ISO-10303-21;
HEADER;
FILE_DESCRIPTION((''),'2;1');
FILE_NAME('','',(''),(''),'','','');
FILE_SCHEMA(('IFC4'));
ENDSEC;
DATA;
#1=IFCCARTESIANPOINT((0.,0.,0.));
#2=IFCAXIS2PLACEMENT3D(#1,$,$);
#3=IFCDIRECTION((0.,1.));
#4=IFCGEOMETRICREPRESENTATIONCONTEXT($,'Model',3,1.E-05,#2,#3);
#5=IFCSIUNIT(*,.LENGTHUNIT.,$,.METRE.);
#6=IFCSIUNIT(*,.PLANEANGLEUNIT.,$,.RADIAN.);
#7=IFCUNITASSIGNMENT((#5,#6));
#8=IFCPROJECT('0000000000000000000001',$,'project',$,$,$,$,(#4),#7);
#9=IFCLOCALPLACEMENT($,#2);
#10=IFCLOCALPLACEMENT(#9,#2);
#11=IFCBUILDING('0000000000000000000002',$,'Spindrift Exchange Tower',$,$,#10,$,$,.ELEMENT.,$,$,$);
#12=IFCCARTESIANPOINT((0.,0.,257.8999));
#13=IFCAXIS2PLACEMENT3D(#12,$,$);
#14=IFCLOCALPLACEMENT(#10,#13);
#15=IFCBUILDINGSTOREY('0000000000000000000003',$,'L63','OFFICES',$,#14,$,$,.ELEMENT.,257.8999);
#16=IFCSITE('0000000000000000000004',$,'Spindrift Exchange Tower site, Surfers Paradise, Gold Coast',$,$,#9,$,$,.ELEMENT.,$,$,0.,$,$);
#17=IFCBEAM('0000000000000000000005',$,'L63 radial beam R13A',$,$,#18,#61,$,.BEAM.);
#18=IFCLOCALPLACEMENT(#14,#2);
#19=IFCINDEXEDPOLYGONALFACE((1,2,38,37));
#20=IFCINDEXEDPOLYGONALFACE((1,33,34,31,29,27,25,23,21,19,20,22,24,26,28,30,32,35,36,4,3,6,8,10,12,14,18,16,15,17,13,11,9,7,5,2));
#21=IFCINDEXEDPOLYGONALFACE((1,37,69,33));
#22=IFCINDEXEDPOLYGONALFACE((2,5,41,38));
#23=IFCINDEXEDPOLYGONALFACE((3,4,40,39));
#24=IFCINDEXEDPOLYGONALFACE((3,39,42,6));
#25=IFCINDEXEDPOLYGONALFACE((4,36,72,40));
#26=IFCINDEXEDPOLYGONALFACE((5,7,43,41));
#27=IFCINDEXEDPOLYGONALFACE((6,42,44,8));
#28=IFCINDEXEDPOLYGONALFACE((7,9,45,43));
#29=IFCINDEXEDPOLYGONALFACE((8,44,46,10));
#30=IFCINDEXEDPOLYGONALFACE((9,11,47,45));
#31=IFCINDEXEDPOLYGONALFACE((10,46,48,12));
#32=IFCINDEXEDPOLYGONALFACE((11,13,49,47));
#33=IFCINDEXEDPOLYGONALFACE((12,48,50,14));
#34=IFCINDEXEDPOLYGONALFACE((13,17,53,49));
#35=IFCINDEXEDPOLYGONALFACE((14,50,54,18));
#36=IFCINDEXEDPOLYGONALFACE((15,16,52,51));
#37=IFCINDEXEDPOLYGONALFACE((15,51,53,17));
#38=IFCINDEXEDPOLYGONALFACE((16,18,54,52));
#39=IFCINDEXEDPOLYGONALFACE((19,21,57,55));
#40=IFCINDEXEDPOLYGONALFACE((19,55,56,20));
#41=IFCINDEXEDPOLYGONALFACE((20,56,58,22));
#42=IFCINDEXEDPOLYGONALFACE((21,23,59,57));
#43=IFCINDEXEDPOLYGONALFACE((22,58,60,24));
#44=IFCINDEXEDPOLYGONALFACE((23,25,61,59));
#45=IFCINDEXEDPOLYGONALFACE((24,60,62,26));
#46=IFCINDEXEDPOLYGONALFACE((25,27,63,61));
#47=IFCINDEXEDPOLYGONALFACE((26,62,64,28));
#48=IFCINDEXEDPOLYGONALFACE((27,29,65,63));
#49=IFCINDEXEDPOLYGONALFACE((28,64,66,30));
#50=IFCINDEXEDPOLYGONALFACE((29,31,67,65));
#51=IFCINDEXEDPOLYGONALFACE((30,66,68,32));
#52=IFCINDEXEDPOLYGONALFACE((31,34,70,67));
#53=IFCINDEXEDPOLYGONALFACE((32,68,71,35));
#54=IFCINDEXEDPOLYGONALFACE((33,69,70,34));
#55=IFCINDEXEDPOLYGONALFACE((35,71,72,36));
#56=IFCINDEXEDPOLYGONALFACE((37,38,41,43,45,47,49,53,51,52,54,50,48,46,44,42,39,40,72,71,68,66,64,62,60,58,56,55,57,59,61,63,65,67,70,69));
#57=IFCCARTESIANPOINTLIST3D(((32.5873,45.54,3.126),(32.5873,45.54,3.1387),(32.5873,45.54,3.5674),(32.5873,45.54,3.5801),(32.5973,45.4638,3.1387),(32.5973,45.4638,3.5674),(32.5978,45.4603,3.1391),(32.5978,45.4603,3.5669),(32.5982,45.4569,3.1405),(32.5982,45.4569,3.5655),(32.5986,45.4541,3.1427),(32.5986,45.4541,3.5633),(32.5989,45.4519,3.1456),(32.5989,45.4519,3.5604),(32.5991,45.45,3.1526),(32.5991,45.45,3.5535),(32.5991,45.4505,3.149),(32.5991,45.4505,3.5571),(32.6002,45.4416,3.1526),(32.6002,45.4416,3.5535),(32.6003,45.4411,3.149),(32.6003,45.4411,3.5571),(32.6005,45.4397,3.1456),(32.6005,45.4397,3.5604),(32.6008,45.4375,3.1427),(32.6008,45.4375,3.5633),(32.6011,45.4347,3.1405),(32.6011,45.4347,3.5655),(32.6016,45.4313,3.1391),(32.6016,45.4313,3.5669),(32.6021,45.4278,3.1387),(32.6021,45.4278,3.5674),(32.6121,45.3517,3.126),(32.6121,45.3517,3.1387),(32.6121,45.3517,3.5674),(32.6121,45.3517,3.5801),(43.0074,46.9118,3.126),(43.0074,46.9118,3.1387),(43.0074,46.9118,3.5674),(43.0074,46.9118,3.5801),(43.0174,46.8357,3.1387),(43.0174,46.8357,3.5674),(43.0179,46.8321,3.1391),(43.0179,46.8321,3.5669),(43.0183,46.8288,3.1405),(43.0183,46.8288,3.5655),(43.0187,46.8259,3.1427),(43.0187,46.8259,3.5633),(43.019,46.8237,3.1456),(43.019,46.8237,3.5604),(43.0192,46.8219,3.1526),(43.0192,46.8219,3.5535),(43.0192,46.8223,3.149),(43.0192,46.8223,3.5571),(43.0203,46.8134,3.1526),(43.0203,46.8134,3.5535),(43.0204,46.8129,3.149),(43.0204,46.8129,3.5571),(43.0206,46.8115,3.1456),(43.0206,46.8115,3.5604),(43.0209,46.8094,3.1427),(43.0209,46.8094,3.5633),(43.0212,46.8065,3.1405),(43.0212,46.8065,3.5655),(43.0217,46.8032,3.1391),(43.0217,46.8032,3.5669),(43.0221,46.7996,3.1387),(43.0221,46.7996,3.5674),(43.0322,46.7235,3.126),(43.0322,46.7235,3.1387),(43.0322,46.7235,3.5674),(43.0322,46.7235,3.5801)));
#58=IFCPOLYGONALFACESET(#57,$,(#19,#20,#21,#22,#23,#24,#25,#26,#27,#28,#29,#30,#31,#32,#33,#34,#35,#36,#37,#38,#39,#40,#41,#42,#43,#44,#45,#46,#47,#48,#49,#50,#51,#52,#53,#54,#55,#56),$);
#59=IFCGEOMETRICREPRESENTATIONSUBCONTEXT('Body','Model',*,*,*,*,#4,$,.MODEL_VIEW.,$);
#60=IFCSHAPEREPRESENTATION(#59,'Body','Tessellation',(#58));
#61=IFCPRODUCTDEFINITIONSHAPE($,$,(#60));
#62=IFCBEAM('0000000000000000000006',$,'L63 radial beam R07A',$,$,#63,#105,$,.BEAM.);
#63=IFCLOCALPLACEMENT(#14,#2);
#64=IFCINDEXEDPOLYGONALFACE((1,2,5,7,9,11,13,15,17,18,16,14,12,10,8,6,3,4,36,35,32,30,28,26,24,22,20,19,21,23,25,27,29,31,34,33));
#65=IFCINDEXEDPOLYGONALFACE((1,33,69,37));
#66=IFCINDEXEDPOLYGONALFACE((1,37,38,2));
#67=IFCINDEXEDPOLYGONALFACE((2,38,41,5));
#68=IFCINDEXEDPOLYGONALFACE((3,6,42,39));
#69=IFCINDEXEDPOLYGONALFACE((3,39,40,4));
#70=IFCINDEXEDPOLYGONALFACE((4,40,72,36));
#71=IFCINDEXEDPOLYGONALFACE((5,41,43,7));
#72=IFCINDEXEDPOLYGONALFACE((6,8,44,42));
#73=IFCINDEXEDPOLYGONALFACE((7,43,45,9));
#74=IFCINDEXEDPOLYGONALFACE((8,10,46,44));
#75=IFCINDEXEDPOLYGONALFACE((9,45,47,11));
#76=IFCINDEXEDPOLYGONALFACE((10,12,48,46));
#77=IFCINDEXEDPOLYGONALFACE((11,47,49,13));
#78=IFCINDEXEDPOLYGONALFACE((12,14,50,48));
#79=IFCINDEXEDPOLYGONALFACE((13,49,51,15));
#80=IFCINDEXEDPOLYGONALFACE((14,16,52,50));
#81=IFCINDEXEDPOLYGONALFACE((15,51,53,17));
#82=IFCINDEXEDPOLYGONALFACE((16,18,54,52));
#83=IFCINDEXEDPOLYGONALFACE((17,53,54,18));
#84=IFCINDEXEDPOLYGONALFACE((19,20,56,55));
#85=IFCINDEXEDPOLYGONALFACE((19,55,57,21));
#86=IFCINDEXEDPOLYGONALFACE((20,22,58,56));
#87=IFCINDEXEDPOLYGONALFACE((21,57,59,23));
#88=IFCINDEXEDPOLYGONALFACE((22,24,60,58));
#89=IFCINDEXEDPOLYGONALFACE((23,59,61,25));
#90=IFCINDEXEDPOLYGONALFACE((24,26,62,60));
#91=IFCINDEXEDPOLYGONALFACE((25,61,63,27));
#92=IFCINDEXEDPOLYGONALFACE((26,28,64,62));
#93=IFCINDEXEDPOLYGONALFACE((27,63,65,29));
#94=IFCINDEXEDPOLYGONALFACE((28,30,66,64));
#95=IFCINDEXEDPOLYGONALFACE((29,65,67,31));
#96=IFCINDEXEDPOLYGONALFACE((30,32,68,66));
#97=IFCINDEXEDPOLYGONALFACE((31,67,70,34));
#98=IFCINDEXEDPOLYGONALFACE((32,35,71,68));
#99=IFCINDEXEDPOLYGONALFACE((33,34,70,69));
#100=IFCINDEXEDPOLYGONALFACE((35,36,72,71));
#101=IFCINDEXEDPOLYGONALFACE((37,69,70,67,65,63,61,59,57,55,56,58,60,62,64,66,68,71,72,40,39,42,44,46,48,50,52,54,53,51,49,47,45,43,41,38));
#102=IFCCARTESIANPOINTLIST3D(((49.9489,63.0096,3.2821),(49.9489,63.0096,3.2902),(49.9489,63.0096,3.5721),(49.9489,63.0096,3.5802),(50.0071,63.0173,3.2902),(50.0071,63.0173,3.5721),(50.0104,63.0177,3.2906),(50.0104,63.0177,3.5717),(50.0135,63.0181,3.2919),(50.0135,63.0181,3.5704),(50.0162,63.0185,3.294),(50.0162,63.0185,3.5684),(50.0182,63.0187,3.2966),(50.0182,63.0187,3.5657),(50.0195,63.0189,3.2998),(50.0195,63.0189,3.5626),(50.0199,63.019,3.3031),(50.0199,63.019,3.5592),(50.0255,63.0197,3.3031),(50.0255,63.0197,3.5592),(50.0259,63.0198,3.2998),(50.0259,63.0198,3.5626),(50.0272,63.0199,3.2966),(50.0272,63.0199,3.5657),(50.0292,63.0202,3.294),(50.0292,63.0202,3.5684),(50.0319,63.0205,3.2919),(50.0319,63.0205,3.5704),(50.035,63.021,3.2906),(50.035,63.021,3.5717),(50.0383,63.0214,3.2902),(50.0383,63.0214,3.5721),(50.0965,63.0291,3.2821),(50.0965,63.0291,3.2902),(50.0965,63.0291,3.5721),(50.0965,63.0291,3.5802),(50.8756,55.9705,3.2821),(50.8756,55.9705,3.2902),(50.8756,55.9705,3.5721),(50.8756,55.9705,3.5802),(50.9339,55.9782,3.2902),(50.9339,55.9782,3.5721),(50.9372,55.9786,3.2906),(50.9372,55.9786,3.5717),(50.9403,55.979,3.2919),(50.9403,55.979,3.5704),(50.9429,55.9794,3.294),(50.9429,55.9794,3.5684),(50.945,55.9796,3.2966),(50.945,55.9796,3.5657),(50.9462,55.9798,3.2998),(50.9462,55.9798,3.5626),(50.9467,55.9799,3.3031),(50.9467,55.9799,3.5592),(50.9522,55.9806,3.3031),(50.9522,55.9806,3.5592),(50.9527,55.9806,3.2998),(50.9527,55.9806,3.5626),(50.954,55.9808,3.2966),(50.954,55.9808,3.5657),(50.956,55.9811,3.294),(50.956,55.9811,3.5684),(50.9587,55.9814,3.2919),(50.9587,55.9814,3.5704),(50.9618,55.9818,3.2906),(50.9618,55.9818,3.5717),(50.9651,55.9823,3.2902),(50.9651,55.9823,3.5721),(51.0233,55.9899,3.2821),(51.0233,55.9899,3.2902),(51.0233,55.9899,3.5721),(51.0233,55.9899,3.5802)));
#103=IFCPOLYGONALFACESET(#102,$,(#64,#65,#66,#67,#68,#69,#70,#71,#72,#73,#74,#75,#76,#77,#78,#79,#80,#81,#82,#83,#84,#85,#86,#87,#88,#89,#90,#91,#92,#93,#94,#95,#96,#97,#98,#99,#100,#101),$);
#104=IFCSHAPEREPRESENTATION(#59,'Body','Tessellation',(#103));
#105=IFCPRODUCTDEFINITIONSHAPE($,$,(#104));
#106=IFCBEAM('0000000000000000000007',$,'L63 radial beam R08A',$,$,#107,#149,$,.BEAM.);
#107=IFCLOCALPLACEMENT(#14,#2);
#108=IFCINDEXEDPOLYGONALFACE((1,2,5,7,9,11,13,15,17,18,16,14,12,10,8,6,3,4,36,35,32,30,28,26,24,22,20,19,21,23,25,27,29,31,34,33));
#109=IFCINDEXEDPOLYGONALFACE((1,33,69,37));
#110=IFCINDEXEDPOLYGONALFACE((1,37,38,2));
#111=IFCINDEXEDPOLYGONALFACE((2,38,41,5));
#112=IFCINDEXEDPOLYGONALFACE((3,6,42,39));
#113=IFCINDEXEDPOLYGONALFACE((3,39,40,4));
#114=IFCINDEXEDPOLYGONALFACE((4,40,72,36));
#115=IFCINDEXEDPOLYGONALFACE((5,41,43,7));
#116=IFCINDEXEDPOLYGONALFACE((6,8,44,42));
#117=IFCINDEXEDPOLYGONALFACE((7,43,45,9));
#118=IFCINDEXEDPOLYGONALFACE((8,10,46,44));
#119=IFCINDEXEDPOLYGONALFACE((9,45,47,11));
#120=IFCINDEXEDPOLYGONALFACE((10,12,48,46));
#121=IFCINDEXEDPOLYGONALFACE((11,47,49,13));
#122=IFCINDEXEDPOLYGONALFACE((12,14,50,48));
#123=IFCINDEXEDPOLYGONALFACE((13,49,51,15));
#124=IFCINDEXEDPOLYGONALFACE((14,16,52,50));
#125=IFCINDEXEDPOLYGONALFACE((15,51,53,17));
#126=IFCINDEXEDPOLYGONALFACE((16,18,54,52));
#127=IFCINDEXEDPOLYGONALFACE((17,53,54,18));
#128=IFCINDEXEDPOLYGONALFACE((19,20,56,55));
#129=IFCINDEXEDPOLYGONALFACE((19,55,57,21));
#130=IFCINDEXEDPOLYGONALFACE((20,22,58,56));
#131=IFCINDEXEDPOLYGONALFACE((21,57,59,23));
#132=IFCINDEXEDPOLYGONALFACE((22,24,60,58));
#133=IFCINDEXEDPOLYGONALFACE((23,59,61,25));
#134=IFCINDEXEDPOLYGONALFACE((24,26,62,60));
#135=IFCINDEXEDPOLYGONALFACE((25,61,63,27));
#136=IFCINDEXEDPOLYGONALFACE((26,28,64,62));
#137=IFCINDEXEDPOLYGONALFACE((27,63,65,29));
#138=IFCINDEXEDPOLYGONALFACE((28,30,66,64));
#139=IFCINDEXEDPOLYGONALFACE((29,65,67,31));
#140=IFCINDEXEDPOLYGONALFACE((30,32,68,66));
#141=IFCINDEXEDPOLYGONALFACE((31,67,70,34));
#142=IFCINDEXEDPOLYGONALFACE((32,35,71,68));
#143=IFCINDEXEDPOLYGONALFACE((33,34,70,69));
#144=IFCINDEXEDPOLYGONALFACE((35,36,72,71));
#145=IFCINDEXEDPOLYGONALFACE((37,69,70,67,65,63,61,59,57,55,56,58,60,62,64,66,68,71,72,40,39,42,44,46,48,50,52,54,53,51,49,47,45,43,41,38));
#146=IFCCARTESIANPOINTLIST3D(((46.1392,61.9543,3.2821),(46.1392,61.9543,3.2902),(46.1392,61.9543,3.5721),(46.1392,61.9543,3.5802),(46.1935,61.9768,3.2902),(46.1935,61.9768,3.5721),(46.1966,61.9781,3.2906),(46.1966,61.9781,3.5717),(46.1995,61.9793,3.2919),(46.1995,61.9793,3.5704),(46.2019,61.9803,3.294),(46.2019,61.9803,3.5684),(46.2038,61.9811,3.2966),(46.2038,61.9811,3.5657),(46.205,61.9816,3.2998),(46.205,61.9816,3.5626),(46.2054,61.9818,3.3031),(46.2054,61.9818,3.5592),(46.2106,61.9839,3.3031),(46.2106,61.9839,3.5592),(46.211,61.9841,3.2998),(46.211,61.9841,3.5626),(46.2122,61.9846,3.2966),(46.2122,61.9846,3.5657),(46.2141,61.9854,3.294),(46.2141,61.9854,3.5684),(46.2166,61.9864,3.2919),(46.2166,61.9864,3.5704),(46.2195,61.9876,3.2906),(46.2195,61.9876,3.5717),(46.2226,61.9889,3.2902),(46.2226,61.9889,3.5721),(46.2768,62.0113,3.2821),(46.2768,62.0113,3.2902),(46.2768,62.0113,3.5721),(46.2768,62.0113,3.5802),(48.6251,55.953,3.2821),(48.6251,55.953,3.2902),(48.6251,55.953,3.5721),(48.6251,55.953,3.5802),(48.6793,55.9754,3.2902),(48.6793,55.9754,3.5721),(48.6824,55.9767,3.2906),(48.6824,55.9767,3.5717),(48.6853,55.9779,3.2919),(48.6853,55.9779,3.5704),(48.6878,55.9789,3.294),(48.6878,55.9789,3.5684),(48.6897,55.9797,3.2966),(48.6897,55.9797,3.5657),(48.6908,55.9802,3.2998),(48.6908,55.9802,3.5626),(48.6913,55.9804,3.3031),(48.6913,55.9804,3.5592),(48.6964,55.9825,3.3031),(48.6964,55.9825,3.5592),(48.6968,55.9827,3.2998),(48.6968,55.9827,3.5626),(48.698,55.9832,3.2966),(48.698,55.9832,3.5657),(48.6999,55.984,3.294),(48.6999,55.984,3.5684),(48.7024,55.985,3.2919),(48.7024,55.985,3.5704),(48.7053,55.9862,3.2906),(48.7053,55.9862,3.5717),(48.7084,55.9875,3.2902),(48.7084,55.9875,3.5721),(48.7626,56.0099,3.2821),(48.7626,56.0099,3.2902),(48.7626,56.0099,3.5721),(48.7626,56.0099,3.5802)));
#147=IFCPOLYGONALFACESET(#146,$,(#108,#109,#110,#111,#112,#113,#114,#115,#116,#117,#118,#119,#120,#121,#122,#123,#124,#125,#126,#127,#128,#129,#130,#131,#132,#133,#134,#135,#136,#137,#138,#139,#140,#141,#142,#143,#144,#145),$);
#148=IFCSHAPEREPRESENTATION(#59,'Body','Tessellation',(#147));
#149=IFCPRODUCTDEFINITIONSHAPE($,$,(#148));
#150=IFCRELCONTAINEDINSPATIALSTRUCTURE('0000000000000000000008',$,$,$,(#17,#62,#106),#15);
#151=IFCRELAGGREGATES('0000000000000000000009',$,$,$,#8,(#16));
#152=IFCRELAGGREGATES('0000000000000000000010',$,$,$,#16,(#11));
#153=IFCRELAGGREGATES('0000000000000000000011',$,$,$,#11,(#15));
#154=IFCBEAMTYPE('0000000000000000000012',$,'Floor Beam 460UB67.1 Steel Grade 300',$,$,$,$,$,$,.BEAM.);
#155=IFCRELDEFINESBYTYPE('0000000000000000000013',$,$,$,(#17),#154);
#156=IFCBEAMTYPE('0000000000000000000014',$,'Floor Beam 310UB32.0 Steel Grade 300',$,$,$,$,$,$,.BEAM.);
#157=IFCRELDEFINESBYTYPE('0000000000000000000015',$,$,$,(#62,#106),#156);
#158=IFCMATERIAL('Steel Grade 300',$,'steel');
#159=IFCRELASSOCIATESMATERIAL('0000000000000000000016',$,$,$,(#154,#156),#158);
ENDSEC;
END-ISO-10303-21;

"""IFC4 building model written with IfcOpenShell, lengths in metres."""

from ifc_helpers import new_model, si_unit, direction, frame, origin, origin_2d, place, context, subcontext, project, spatial, i_section, extrude, source, transform, mapped, material, material_profile, profile_set, type_object, element, save


model = new_model("IFC4")

# Units and contexts
model_context = context("Model", 3, precision=1e-05, world=origin(), true_north=direction((0.0, 1.0)))
body_context = subcontext(model_context, "Body", "Model", "MODEL_VIEW")
ifc_project = project(units=[si_unit("LENGTHUNIT", "METRE"), si_unit("PLANEANGLEUNIT", "RADIAN")], contexts=[model_context])

# Site, building, storey
site_placement = place(None, origin())
site = spatial("IfcSite", under=ifc_project, at=site_placement, Name="Spindrift Exchange Tower site, Surfers Paradise, Gold Coast", CompositionType="ELEMENT", RefElevation=0.0)
building_placement = place(site_placement, origin())
building = spatial("IfcBuilding", under=site, at=building_placement, Name="Spindrift Exchange Tower", CompositionType="ELEMENT")
storey_placement = place(building_placement, frame((0.0, 0.0, 257.8999)))
storey = spatial("IfcBuildingStorey", under=building, at=storey_placement, Name="L63", Description="OFFICES", CompositionType="ELEMENT", Elevation=257.8999)

# Beams
ifc_material_1 = material(Name="Steel Grade 300", Category="steel")
ifc_material_profile_1 = material_profile(ifc_material_1, i_section(OverallWidth=0.1899, OverallDepth=0.4541, WebThickness=0.0085, FlangeThickness=0.0127, FilletRadius=0.0139, at=origin_2d()), Name="460UB67.1")
ifc_profile_set_1 = profile_set([ifc_material_profile_1], Name="Steel Grade 300")
beam_type_1 = type_object("IfcBeamType", Name="Floor Beam 460UB67.1 Steel Grade 300", PredefinedType="BEAM", material=ifc_profile_set_1)
shared_shape_1 = source(origin(), body_context, "Body", "SweptSolid", [
    extrude(i_section(OverallWidth=0.1899, OverallDepth=0.4541, WebThickness=0.0085, FlangeThickness=0.0127, FilletRadius=0.0139, at=origin_2d()), origin(), (0.0, 0.0, 1.0), 10.51),
])
beam_1_placement = place(storey_placement, frame((43.0198, 46.8176, 3.353), z_axis=(-0.991445, -0.130525, 0.0), x_axis=(0.130525, -0.991445, 0.0)))
element("IfcBeam", 1, at=beam_1_placement, inside=storey, type_object=beam_type_1, Name="L63 radial beam R13A", PredefinedType="BEAM", context=body_context, shape_type="MappedRepresentation", body=[
    mapped(shared_shape_1, transform((0.0, 0.0, 0.0), scale=1.0)),
])
ifc_material_profile_2 = material_profile(ifc_material_1, i_section(OverallWidth=0.1489, OverallDepth=0.2981, WebThickness=0.0056, FlangeThickness=0.0081, FilletRadius=0.0129, at=origin_2d()), Name="310UB32.0")
ifc_profile_set_2 = profile_set([ifc_material_profile_2], Name="Steel Grade 300")
beam_type_2 = type_object("IfcBeamType", Name="Floor Beam 310UB32.0 Steel Grade 300", PredefinedType="BEAM", material=ifc_profile_set_2)
shared_shape_2 = source(origin(), body_context, "Body", "SweptSolid", [
    extrude(i_section(OverallWidth=0.1489, OverallDepth=0.2981, WebThickness=0.0056, FlangeThickness=0.0081, FilletRadius=0.0129, at=origin_2d()), origin(), (0.0, 0.0, 1.0), 7.0999),
])
beam_2_placement = place(storey_placement, frame((50.9495, 55.9802, 3.4312), z_axis=(-0.130533, 0.991444, 0.0), x_axis=(-0.991444, -0.130533, 0.0)))
element("IfcBeam", 2, at=beam_2_placement, inside=storey, type_object=beam_type_2, Name="L63 radial beam R07A", PredefinedType="BEAM", context=body_context, shape_type="MappedRepresentation", body=[
    mapped(shared_shape_2, transform((0.0, 0.0, 0.0), scale=1.0)),
])
shared_shape_3 = source(origin(), body_context, "Body", "SweptSolid", [
    extrude(i_section(OverallWidth=0.1489, OverallDepth=0.2981, WebThickness=0.0056, FlangeThickness=0.0081, FilletRadius=0.0129, at=origin_2d()), origin(), (0.0, 0.0, 1.0), 6.4958),
])
beam_3_placement = place(storey_placement, frame((48.6938, 55.9814, 3.4312), z_axis=(-0.382677, 0.923882, 0.0), x_axis=(-0.923882, -0.382677, 0.0)))
element("IfcBeam", 3, at=beam_3_placement, inside=storey, type_object=beam_type_2, Name="L63 radial beam R08A", PredefinedType="BEAM", context=body_context, shape_type="MappedRepresentation", body=[
    mapped(shared_shape_3, transform((0.0, 0.0, 0.0), scale=1.0)),
])

save(model, "model.ifc")
